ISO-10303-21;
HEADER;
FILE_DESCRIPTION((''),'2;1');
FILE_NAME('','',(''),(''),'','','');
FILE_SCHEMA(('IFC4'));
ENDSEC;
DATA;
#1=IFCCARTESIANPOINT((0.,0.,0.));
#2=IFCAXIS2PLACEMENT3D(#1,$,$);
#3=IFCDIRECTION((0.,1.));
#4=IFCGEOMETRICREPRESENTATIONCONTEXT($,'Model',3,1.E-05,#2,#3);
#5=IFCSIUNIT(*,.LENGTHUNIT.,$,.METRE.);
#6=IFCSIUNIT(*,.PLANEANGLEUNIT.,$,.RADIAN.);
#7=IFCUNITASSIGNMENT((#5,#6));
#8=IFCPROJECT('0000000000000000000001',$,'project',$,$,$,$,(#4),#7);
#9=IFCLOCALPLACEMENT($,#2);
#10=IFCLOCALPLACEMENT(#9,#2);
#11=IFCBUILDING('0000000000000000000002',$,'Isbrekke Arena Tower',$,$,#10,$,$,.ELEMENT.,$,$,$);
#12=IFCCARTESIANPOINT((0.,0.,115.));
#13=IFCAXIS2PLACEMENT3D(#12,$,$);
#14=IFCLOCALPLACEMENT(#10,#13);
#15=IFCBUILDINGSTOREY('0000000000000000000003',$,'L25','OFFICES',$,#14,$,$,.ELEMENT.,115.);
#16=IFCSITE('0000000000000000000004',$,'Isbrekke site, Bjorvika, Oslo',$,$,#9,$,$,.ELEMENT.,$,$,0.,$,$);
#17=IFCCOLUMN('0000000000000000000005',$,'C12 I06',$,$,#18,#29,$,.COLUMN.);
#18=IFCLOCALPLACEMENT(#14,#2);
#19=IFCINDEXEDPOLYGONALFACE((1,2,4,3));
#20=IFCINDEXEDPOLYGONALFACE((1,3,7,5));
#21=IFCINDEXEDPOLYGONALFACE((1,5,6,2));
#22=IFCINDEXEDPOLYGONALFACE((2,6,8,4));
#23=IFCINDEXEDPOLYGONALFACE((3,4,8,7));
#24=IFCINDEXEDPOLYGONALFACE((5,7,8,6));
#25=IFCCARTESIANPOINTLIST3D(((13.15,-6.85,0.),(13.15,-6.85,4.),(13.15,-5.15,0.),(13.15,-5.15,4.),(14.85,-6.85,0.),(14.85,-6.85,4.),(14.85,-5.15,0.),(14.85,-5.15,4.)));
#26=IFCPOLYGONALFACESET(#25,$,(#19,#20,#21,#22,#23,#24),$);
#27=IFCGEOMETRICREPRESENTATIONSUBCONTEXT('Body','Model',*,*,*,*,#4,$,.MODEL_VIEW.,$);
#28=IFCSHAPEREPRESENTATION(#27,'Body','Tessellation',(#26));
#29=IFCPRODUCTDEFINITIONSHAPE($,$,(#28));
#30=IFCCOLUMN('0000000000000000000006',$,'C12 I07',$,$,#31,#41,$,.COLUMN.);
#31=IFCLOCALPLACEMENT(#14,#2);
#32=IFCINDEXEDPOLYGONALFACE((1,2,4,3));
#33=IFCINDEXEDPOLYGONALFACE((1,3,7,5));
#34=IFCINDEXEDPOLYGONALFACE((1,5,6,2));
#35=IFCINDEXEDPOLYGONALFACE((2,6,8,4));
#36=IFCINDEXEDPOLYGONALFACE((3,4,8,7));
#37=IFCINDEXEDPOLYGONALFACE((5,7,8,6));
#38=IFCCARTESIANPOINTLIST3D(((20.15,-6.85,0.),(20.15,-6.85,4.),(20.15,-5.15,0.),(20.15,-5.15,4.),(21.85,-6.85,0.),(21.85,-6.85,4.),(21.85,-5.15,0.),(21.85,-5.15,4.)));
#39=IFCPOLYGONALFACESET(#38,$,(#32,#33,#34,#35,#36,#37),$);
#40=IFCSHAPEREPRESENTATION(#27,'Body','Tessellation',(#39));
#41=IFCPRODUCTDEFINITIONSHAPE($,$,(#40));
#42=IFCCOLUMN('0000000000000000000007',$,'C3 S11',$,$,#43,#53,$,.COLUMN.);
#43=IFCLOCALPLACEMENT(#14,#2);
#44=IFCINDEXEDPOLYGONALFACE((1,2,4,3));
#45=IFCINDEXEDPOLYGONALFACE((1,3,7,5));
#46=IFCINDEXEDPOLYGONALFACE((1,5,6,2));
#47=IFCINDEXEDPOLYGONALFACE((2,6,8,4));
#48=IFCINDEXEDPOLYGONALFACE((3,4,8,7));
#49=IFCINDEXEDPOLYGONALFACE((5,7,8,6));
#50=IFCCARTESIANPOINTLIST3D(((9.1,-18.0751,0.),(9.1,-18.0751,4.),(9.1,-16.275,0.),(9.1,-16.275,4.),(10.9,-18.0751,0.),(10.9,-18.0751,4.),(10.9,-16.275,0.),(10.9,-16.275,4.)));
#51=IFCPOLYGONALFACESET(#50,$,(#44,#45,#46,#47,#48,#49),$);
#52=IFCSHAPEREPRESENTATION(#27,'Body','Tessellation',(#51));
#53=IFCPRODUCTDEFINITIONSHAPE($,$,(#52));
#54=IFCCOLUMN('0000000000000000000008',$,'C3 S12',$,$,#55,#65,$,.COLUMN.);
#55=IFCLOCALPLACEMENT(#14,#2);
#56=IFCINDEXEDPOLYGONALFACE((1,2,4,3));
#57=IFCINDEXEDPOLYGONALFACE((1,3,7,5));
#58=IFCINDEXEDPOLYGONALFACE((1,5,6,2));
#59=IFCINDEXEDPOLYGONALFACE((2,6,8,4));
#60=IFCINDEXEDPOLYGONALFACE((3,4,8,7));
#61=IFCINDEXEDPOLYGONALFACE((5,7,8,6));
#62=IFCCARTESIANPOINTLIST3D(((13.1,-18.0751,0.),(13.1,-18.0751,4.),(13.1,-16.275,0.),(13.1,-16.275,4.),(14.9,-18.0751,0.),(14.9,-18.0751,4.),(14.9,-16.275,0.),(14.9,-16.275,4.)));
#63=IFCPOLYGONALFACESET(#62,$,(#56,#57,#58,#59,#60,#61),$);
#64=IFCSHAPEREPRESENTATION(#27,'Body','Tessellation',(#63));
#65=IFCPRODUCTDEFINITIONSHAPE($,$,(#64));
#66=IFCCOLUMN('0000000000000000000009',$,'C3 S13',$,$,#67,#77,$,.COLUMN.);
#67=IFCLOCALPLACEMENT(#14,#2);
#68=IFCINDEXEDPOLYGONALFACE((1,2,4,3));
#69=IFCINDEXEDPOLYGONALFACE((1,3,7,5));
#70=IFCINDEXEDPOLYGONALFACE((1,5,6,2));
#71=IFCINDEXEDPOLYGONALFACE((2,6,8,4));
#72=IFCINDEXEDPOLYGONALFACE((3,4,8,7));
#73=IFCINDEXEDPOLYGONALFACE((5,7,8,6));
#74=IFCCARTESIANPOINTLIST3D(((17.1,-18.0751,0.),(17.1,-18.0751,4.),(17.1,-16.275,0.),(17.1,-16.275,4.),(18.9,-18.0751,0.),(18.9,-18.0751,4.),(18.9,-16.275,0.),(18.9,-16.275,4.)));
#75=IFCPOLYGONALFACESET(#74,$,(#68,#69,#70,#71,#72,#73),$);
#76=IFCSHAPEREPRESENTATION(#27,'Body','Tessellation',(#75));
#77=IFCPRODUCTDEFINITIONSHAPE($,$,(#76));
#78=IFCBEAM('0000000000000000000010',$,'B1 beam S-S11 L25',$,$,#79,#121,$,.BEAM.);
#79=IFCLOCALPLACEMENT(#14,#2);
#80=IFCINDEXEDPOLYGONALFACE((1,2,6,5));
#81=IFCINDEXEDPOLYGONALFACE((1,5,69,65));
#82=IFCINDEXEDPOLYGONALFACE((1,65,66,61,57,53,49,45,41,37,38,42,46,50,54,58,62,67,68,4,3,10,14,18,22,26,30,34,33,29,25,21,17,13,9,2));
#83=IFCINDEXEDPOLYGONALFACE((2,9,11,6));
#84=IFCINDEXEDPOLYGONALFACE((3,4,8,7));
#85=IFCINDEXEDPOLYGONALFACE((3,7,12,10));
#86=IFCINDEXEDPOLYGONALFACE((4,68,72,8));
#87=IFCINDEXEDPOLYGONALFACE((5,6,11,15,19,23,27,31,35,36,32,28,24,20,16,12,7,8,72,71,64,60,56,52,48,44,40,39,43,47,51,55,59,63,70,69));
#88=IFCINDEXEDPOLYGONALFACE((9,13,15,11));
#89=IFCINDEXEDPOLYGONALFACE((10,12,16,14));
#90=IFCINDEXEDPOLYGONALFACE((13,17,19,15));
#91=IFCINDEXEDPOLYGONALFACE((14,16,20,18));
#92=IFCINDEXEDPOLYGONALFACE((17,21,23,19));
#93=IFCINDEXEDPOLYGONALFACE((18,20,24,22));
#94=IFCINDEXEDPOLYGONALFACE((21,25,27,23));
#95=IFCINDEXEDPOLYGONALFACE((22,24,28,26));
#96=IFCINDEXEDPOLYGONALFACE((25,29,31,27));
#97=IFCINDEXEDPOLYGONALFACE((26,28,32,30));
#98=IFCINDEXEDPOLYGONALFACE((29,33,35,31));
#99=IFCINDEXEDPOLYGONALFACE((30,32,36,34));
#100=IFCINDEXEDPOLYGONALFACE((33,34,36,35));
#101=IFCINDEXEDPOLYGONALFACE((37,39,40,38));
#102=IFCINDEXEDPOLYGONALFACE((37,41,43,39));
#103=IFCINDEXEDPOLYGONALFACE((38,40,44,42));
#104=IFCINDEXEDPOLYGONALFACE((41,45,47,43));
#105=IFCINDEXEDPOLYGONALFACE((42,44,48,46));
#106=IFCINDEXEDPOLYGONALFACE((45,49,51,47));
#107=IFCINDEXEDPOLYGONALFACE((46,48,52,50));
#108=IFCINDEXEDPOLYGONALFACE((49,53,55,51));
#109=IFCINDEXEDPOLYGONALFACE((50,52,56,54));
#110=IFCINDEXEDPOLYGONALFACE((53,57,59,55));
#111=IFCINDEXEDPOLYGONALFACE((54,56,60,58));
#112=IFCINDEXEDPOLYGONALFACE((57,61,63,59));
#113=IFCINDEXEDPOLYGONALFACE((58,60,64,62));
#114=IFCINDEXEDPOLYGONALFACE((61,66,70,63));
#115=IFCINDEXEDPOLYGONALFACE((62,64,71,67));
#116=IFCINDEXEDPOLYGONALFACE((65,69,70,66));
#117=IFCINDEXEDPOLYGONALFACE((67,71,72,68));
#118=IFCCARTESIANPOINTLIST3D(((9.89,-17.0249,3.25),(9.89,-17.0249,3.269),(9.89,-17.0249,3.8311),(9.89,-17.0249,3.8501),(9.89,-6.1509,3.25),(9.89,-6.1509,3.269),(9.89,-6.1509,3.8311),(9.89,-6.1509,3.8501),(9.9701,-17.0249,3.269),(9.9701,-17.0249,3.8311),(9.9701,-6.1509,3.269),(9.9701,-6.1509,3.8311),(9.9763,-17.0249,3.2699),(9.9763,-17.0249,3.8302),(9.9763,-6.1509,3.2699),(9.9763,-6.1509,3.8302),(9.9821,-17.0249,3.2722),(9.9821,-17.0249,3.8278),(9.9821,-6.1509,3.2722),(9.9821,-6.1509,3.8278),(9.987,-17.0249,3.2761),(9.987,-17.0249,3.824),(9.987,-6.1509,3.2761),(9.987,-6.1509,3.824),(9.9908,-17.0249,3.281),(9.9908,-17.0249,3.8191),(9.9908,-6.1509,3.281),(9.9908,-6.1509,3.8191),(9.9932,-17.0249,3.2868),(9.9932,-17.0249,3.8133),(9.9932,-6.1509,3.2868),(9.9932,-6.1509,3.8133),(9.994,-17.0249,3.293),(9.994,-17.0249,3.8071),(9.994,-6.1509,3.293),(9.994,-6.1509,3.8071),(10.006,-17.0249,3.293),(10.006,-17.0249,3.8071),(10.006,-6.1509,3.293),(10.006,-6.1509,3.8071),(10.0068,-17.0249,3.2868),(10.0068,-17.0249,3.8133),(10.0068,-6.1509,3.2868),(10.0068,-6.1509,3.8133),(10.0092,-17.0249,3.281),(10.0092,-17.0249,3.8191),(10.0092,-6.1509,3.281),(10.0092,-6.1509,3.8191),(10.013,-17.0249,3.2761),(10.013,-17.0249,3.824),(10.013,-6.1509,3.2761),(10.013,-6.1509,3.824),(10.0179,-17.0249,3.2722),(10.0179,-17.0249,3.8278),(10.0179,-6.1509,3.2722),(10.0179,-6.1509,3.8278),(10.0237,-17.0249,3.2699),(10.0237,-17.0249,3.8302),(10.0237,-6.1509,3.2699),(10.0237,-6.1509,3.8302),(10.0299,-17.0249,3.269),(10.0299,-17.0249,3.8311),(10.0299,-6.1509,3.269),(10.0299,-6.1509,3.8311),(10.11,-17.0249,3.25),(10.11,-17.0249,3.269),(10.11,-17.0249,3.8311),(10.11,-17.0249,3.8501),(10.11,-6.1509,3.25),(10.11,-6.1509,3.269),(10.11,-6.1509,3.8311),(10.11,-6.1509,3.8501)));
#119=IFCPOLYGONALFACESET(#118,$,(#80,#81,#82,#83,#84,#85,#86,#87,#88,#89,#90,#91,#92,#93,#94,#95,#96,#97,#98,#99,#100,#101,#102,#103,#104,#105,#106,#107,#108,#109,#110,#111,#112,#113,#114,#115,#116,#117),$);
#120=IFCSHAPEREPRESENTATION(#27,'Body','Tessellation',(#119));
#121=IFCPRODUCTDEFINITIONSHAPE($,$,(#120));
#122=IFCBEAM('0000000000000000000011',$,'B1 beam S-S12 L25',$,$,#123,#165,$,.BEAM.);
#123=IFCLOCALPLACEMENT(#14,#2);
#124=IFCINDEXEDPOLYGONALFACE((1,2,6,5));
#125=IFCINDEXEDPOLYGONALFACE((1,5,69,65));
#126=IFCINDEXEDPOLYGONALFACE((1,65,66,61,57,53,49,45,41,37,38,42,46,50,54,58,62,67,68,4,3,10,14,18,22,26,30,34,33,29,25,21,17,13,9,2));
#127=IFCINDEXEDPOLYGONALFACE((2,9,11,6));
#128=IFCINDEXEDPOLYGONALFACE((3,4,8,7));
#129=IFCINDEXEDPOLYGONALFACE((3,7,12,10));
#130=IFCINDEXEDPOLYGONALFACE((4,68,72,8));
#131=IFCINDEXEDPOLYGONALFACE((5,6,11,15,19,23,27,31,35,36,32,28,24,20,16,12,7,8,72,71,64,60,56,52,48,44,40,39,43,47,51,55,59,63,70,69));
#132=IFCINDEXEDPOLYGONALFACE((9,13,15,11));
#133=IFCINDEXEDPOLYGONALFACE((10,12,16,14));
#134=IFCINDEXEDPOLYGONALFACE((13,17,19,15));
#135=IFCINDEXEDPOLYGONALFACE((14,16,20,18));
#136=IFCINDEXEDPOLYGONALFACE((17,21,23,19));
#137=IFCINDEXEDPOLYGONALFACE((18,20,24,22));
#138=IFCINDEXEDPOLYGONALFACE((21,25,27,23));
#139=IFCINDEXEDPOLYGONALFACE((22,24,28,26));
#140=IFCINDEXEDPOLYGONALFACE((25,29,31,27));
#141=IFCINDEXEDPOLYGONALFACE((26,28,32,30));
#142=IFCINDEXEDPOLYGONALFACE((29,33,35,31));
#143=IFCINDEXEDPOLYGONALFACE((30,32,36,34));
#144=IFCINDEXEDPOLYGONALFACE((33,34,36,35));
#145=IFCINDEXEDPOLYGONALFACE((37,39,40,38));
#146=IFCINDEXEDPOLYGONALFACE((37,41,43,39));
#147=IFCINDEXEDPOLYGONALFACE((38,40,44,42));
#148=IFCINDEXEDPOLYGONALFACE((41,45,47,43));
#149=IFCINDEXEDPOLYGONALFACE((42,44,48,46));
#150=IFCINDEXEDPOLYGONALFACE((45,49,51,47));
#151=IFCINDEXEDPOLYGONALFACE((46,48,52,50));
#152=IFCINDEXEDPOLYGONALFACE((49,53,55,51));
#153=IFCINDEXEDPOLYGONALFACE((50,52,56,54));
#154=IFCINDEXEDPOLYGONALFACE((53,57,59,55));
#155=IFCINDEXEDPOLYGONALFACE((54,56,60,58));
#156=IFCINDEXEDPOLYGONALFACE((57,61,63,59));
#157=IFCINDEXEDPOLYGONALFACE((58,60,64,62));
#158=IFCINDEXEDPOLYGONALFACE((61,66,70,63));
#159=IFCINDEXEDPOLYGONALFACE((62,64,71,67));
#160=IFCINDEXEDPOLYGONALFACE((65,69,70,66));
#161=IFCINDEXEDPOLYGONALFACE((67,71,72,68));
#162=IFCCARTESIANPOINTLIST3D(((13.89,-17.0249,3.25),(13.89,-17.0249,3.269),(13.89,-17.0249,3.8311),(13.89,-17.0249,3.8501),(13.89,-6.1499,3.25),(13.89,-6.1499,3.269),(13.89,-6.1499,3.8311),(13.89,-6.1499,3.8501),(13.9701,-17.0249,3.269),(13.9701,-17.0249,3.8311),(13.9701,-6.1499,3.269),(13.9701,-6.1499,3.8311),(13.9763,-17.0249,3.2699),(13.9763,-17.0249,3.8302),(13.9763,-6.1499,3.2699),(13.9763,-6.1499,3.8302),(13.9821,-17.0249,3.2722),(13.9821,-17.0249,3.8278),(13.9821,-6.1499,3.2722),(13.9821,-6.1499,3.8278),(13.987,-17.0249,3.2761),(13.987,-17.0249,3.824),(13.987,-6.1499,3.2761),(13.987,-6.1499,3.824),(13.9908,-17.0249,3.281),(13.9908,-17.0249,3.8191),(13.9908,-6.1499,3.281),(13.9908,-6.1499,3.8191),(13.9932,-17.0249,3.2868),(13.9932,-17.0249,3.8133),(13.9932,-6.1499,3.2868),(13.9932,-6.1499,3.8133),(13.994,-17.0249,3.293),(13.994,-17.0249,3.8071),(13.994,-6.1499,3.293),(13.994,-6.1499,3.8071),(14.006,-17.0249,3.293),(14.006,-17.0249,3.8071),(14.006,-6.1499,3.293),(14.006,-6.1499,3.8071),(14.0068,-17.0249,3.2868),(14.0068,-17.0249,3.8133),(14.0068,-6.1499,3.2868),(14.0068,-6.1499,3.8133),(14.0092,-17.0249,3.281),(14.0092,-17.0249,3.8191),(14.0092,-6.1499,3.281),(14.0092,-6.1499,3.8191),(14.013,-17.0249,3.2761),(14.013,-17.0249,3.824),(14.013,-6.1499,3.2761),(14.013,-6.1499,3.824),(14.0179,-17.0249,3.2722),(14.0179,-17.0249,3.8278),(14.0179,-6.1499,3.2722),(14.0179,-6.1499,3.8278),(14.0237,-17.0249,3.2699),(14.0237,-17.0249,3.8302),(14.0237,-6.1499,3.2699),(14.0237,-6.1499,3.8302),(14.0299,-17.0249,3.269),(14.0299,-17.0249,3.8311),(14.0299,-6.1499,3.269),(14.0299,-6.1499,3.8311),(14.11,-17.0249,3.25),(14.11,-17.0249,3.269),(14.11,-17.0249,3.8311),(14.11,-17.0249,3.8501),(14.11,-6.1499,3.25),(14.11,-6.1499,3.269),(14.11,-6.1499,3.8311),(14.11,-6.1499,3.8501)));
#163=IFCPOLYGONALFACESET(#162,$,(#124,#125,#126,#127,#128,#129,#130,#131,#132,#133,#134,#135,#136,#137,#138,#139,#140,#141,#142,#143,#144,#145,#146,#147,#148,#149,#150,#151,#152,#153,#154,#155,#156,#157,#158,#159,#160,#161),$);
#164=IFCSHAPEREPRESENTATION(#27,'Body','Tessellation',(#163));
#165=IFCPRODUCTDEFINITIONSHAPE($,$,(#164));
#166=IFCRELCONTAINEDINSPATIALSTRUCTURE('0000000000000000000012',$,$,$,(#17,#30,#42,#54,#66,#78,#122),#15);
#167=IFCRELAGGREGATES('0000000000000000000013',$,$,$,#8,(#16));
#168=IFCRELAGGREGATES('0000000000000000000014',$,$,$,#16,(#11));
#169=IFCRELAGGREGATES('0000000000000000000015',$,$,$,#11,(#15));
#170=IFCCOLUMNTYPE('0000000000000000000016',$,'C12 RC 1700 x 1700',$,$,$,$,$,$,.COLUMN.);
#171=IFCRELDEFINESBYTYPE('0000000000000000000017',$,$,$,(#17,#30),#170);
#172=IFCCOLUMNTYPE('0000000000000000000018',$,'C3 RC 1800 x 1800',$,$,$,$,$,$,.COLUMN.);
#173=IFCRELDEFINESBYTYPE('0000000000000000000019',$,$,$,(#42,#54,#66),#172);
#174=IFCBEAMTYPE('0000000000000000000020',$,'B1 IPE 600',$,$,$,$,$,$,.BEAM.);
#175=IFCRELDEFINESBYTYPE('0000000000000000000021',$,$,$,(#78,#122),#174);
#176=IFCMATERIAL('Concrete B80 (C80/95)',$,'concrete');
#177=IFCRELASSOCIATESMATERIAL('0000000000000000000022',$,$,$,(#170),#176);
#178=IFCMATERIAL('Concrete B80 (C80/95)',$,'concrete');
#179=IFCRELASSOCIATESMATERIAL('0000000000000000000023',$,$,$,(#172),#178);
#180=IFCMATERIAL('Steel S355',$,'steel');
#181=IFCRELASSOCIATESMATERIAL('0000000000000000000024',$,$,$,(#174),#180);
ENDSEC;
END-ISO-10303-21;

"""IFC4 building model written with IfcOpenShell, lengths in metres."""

from ifc_helpers import new_model, si_unit, direction, frame, origin, origin_2d, place, context, subcontext, project, spatial, rectangle, i_section, extrude, material, material_profile, profile_set, type_object, element, save


model = new_model("IFC4")

# Units and contexts
model_context = context("Model", 3, precision=1e-05, world=origin(), true_north=direction((0.0, 1.0)))
body_context = subcontext(model_context, "Body", "Model", "MODEL_VIEW")
ifc_project = project(units=[si_unit("LENGTHUNIT", "METRE"), si_unit("PLANEANGLEUNIT", "RADIAN")], contexts=[model_context])

# Site, building, storey
site_placement = place(None, origin())
site = spatial("IfcSite", under=ifc_project, at=site_placement, Name="Isbrekke site, Bjorvika, Oslo", CompositionType="ELEMENT", RefElevation=0.0)
building_placement = place(site_placement, origin())
building = spatial("IfcBuilding", under=site, at=building_placement, Name="Isbrekke Arena Tower", CompositionType="ELEMENT")
storey_placement = place(building_placement, frame((0.0, 0.0, 115.0)))
storey = spatial("IfcBuildingStorey", under=building, at=storey_placement, Name="L25", Description="OFFICES", CompositionType="ELEMENT", Elevation=115.0)

# Columns
ifc_material_1 = material(Name="Concrete B80 (C80/95)", Category="concrete")
ifc_material_profile_1 = material_profile(ifc_material_1, rectangle(XDim=1.7, YDim=1.7, at=origin_2d()), Name="RC 1700x1700")
ifc_profile_set_1 = profile_set([ifc_material_profile_1], Name="Concrete B80 (C80/95)")
column_type_1 = type_object("IfcColumnType", Name="C12 RC 1700 x 1700", PredefinedType="COLUMN", material=ifc_profile_set_1)
for number, where, z_axis, x_axis, name in (
    (1, (14.0, -6.0, 0.0), (0.0, 0.0, 1.0), (1.0, 0.0, 0.0), "C12 I06"),
    (2, (21.0, -6.0, 0.0), (0.0, 0.0, 1.0), (1.0, 0.0, 0.0), "C12 I07"),
):
    element("IfcColumn", number, at=place(storey_placement, frame(where, z_axis=z_axis, x_axis=x_axis)), inside=storey, type_object=column_type_1, Name=name, PredefinedType="COLUMN", context=body_context, shape_type="SweptSolid", body=[
        extrude(rectangle(XDim=1.7, YDim=1.7, at=origin_2d()), origin(), (0.0, 0.0, 1.0), 4.0),
    ])
ifc_material_2 = material(Name="Concrete B80 (C80/95)", Category="concrete")
ifc_material_profile_2 = material_profile(ifc_material_2, rectangle(XDim=1.8, YDim=1.8, at=origin_2d()), Name="RC 1800x1800")
ifc_profile_set_2 = profile_set([ifc_material_profile_2], Name="Concrete B80 (C80/95)")
column_type_2 = type_object("IfcColumnType", Name="C3 RC 1800 x 1800", PredefinedType="COLUMN", material=ifc_profile_set_2)
for number, where, z_axis, x_axis, name in (
    (3, (10.0, -17.175, 0.0), (0.0, 0.0, 1.0), (1.0, 0.0, 0.0), "C3 S11"),
    (4, (14.0, -17.175, 0.0), (0.0, 0.0, 1.0), (1.0, 0.0, 0.0), "C3 S12"),
    (5, (18.0, -17.175, 0.0), (0.0, 0.0, 1.0), (1.0, 0.0, 0.0), "C3 S13"),
):
    element("IfcColumn", number, at=place(storey_placement, frame(where, z_axis=z_axis, x_axis=x_axis)), inside=storey, type_object=column_type_2, Name=name, PredefinedType="COLUMN", context=body_context, shape_type="SweptSolid", body=[
        extrude(rectangle(XDim=1.8, YDim=1.8, at=origin_2d()), origin(), (0.0, 0.0, 1.0), 4.0),
    ])

# Beams
ifc_material_3 = material(Name="Steel S355", Category="steel")
ifc_material_profile_3 = material_profile(ifc_material_3, i_section(OverallWidth=0.22, OverallDepth=0.6001, WebThickness=0.012, FlangeThickness=0.019, FilletRadius=0.0239, at=origin_2d()), Name="IPE 600")
ifc_profile_set_3 = profile_set([ifc_material_profile_3], Name="Steel S355")
beam_type_1 = type_object("IfcBeamType", Name="B1 IPE 600", PredefinedType="BEAM", material=ifc_profile_set_3)
beam_1_placement = place(storey_placement, frame((10.0, -17.0249, 3.55), z_axis=(0.0, 1.0, 0.0), x_axis=(-1.0, 0.0, 0.0)))
element("IfcBeam", 6, at=beam_1_placement, inside=storey, type_object=beam_type_1, Name="B1 beam S-S11 L25", PredefinedType="BEAM", context=body_context, shape_type="SweptSolid", body=[
    extrude(i_section(OverallWidth=0.22, OverallDepth=0.6001, WebThickness=0.012, FlangeThickness=0.019, FilletRadius=0.0239, at=origin_2d()), origin(), (0.0, 0.0, 1.0), 10.874),
])
beam_2_placement = place(storey_placement, frame((14.0, -17.0249, 3.55), z_axis=(0.0, 1.0, 0.0), x_axis=(-1.0, 0.0, 0.0)))
element("IfcBeam", 7, at=beam_2_placement, inside=storey, type_object=beam_type_1, Name="B1 beam S-S12 L25", PredefinedType="BEAM", context=body_context, shape_type="SweptSolid", body=[
    extrude(i_section(OverallWidth=0.22, OverallDepth=0.6001, WebThickness=0.012, FlangeThickness=0.019, FilletRadius=0.0239, at=origin_2d()), origin(), (0.0, 0.0, 1.0), 10.875),
])

save(model, "model.ifc")
